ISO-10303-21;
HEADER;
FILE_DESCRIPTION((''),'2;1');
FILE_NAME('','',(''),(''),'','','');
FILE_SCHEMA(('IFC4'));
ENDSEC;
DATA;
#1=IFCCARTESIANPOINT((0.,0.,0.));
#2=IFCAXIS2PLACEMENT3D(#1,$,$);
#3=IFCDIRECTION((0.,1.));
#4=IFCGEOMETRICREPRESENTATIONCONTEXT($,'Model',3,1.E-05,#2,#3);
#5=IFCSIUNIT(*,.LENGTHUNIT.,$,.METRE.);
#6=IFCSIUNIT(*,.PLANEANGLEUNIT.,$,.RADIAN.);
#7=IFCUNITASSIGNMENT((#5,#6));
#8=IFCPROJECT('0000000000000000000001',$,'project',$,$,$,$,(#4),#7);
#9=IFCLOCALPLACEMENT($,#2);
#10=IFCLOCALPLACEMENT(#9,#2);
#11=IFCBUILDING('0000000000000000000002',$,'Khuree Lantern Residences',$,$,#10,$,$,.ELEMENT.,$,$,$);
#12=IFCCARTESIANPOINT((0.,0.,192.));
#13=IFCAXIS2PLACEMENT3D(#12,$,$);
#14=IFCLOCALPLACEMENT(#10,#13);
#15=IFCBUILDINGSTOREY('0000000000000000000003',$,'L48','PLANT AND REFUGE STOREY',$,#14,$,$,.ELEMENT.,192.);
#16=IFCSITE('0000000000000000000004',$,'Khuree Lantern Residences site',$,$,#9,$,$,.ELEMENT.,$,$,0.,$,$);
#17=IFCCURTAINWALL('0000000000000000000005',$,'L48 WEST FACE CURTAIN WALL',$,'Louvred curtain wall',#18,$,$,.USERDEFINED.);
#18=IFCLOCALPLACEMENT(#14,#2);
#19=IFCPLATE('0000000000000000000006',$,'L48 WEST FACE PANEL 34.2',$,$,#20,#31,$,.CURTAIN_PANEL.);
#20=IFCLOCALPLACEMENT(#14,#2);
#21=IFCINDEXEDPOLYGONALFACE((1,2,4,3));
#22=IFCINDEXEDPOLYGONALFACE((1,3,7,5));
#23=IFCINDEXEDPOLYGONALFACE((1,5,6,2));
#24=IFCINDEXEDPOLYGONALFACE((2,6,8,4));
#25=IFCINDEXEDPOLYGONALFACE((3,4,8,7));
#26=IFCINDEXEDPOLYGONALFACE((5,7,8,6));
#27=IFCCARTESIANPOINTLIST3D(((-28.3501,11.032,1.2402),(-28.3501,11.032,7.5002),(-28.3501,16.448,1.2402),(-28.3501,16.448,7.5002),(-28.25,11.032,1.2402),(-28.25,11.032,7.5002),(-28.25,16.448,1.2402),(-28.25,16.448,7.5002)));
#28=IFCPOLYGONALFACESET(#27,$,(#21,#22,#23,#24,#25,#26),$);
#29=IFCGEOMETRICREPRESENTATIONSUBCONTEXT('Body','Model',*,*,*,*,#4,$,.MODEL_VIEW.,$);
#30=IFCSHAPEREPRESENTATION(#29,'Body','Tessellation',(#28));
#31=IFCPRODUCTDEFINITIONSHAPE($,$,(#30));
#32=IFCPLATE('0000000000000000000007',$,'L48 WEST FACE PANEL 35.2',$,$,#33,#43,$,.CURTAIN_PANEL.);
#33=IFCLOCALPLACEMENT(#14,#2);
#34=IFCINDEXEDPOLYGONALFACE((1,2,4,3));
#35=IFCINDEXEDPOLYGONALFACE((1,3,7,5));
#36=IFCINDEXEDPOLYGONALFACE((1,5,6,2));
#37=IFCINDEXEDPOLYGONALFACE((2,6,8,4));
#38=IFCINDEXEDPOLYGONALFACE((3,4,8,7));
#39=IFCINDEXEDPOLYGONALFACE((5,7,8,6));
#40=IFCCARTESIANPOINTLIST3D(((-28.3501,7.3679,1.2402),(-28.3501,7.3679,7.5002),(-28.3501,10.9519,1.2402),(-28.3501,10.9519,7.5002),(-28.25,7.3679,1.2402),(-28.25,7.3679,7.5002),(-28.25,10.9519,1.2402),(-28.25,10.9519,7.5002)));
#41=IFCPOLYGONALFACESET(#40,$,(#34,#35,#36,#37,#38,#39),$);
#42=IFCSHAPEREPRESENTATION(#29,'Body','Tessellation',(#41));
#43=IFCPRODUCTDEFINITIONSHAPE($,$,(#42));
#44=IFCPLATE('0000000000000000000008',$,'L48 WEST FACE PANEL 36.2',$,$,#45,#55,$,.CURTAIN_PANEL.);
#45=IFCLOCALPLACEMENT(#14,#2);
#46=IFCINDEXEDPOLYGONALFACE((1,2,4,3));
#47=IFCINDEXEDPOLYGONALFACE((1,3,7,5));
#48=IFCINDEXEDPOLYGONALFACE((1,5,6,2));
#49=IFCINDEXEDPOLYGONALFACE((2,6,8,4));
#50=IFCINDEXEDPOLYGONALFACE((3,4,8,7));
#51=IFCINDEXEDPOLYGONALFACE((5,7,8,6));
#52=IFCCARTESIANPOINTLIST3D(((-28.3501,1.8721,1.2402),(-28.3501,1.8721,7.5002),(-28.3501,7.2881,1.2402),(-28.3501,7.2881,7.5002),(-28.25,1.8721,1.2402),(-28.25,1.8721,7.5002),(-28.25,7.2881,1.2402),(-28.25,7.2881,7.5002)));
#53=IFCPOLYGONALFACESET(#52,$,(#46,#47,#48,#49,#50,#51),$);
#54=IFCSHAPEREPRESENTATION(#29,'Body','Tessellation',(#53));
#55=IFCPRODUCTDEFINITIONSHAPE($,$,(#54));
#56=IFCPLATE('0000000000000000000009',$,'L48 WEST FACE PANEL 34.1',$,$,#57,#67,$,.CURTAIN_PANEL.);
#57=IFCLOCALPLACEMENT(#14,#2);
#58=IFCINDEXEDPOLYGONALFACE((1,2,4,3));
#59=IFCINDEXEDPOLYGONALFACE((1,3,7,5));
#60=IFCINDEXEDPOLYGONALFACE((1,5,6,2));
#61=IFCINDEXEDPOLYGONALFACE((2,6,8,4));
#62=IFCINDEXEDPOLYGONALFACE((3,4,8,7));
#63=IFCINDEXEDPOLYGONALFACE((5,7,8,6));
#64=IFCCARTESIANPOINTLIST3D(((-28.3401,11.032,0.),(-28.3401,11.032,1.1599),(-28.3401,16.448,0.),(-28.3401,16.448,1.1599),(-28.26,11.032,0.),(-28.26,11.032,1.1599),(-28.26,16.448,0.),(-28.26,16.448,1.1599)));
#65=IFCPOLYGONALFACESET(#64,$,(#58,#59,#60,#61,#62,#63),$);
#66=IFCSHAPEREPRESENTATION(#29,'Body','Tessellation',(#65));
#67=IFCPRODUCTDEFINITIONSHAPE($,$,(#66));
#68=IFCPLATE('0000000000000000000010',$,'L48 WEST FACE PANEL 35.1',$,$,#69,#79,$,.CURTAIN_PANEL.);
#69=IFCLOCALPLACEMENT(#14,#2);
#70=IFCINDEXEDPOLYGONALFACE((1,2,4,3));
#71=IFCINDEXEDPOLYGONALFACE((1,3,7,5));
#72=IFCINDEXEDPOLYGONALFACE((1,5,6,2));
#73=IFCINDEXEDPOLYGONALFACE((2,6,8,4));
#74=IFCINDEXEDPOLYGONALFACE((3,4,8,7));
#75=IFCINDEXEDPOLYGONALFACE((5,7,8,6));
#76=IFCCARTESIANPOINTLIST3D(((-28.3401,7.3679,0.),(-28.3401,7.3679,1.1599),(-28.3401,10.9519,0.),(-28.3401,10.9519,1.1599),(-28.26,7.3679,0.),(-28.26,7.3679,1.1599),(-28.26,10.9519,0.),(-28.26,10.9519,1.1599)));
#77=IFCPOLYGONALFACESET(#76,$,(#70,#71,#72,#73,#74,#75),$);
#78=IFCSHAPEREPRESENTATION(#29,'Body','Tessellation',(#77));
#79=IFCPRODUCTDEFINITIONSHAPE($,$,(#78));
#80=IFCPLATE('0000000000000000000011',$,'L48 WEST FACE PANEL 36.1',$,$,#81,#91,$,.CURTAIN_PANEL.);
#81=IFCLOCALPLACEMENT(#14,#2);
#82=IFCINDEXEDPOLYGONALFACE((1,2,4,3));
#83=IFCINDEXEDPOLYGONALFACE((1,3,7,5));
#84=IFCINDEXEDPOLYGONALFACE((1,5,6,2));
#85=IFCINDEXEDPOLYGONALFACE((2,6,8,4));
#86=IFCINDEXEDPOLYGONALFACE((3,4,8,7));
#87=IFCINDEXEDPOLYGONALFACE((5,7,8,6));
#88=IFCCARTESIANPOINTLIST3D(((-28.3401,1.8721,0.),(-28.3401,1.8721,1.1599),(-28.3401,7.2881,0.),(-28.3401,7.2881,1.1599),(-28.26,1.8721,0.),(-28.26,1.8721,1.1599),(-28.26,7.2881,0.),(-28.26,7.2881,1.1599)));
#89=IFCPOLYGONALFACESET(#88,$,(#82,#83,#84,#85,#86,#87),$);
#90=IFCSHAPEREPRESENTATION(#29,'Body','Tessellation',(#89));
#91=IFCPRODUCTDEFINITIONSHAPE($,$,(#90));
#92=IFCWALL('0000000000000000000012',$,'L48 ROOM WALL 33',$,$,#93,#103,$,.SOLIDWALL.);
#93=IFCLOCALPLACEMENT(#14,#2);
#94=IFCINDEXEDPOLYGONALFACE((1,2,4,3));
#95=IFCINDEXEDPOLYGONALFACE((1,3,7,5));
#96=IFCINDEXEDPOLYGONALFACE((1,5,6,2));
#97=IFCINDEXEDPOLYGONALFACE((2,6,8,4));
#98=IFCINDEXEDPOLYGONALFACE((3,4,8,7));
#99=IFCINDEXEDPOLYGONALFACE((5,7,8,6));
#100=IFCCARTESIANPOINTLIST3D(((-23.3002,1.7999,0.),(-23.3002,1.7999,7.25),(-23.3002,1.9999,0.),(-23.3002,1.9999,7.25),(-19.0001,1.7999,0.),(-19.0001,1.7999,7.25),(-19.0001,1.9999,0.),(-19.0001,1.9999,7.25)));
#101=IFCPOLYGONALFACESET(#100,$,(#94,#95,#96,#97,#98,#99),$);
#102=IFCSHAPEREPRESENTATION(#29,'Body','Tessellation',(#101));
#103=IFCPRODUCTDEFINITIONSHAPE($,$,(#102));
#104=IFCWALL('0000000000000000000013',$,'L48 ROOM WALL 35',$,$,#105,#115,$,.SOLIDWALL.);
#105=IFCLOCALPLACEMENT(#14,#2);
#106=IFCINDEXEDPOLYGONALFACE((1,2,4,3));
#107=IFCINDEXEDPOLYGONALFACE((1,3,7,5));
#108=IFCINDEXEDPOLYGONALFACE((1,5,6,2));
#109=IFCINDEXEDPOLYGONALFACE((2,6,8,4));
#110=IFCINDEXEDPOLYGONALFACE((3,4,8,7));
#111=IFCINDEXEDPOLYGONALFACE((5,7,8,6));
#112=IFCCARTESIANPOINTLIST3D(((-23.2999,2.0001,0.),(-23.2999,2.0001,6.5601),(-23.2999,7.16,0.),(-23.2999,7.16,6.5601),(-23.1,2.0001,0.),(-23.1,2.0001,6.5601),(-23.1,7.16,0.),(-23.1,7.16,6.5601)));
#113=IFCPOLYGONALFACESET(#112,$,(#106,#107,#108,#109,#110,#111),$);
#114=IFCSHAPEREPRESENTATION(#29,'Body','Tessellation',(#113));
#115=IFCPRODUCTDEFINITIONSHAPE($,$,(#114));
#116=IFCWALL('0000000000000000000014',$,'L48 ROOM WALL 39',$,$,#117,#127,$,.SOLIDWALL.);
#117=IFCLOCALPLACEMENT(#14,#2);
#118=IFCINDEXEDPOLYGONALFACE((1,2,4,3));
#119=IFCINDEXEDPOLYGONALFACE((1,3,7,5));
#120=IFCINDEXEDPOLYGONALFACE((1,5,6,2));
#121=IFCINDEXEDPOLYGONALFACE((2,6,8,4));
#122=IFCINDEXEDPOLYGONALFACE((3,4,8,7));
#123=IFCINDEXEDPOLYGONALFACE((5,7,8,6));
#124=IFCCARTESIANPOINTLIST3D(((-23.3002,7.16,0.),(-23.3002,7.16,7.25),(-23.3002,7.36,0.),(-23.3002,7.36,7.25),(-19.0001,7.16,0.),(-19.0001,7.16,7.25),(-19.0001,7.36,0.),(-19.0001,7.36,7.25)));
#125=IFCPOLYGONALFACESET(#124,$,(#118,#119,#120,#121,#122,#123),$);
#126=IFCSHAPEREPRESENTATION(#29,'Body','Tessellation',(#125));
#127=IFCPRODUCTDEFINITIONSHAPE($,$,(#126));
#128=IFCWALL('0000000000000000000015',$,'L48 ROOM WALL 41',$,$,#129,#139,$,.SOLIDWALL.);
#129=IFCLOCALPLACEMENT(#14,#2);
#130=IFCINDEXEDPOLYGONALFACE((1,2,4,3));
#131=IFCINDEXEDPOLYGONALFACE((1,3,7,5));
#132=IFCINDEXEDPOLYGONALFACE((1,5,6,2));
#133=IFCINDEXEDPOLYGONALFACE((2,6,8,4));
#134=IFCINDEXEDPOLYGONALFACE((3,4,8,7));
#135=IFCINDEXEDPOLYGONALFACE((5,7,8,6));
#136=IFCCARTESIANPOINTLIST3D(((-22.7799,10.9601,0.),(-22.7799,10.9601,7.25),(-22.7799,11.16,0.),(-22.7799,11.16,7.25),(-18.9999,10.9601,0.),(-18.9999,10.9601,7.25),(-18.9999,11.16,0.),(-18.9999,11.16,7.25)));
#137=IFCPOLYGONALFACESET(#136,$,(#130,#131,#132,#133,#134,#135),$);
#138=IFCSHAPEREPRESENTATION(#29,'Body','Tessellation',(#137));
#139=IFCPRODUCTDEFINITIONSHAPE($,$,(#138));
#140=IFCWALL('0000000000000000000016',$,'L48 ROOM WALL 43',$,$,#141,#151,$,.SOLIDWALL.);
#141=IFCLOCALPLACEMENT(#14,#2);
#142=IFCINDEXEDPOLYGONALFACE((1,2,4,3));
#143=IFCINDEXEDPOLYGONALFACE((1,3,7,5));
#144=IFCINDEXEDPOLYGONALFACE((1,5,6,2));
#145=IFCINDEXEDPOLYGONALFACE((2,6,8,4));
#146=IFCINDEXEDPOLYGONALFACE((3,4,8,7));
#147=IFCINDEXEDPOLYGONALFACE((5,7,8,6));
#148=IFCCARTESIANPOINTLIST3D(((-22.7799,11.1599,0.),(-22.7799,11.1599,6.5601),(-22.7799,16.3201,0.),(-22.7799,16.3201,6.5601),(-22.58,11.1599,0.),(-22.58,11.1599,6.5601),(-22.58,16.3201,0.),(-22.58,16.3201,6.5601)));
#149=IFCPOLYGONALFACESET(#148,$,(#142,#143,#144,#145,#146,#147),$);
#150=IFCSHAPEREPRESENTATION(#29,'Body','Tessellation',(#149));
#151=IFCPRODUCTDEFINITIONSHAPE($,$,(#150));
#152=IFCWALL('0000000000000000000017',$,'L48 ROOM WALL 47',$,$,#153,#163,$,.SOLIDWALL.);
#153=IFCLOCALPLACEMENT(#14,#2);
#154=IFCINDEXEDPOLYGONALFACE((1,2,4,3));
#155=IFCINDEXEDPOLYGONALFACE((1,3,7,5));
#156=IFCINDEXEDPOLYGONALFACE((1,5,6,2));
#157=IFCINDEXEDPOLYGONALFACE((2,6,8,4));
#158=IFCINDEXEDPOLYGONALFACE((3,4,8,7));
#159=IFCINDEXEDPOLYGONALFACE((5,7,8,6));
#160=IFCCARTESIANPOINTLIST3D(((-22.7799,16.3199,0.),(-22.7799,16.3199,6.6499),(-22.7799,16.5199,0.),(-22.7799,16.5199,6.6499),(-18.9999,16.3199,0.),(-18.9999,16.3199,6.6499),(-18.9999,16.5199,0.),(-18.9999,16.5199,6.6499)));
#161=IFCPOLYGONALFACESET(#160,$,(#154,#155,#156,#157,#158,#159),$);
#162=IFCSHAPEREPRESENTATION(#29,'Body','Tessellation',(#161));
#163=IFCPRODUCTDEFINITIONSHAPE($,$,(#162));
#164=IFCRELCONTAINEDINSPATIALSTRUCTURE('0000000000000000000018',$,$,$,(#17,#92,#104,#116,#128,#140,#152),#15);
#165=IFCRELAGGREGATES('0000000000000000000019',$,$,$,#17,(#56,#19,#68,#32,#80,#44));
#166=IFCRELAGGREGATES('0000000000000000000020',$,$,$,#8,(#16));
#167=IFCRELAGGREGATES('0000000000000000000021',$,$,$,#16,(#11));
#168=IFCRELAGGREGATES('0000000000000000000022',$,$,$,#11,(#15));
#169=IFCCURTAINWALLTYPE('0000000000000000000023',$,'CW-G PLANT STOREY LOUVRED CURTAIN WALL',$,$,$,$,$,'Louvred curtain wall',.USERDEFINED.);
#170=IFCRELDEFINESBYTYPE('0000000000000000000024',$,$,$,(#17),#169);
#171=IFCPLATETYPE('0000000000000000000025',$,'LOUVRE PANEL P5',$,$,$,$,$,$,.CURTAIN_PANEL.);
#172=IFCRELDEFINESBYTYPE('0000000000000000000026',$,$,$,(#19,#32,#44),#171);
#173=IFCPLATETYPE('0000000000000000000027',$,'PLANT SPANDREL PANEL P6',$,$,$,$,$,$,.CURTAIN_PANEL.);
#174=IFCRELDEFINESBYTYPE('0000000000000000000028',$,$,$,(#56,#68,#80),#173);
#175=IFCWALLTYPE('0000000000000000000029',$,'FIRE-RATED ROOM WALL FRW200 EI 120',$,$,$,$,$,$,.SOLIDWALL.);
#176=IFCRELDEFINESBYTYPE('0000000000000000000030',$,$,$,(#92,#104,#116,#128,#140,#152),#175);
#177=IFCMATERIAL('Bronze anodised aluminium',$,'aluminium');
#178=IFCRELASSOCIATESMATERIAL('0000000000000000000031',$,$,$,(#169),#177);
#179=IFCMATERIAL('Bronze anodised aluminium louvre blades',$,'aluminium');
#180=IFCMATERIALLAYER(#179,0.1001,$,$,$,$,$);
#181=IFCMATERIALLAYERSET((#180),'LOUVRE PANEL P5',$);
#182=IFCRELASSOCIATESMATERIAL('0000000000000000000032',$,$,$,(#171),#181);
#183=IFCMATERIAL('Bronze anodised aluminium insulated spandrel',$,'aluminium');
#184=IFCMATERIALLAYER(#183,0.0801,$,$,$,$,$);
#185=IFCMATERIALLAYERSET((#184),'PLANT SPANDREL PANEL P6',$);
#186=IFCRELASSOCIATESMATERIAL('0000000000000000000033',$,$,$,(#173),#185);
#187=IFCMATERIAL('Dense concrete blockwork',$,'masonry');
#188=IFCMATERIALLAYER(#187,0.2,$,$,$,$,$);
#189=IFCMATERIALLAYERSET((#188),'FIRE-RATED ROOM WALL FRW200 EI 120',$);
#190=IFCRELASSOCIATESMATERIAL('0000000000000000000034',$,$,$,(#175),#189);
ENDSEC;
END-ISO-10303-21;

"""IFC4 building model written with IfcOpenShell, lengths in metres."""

from ifc_helpers import new_model, si_unit, direction, frame, frame_2d, origin, origin_2d, place, context, subcontext, project, spatial, rectangle, extrude, material, layer, layer_set, type_object, element, aggregate, save


model = new_model("IFC4")

# Units and contexts
model_context = context("Model", 3, precision=1e-05, world=origin(), true_north=direction((0.0, 1.0)))
body_context = subcontext(model_context, "Body", "Model", "MODEL_VIEW")
ifc_project = project(units=[si_unit("LENGTHUNIT", "METRE"), si_unit("PLANEANGLEUNIT", "RADIAN")], contexts=[model_context])

# Site, building, storey
site_placement = place(None, origin())
site = spatial("IfcSite", under=ifc_project, at=site_placement, Name="Khuree Lantern Residences site", CompositionType="ELEMENT", RefElevation=0.0)
building_placement = place(site_placement, origin())
building = spatial("IfcBuilding", under=site, at=building_placement, Name="Khuree Lantern Residences", CompositionType="ELEMENT")
storey_placement = place(building_placement, frame((0.0, 0.0, 192.0)))
storey = spatial("IfcBuildingStorey", under=building, at=storey_placement, Name="L48", Description="PLANT AND REFUGE STOREY", CompositionType="ELEMENT", Elevation=192.0)

# Curtain wall
ifc_material_1 = material(Name="Bronze anodised aluminium", Category="aluminium")
curtain_wall_type = type_object("IfcCurtainWallType", Name="CW-G PLANT STOREY LOUVRED CURTAIN WALL", ElementType="Louvred curtain wall", PredefinedType="USERDEFINED", material=ifc_material_1)
curtain_wall_placement = place(storey_placement, origin())
curtain_wall = element("IfcCurtainWall", 1, at=curtain_wall_placement, inside=storey, type_object=curtain_wall_type, Name="L48 WEST FACE CURTAIN WALL", ObjectType="Louvred curtain wall", PredefinedType="USERDEFINED")

# Plates
ifc_material_2 = material(Name="Bronze anodised aluminium louvre blades", Category="aluminium")
ifc_layer_1 = layer(ifc_material_2, 0.1001)
ifc_layer_set_1 = layer_set([ifc_layer_1], Name="LOUVRE PANEL P5")
plate_type_1 = type_object("IfcPlateType", Name="LOUVRE PANEL P5", PredefinedType="CURTAIN_PANEL", material=ifc_layer_set_1)
plate_1_placement = place(storey_placement, frame((-28.3, 13.74, 1.2402), z_axis=(0.0, 0.0, 1.0), x_axis=(0.0, -1.0, 0.0)))
plate_1 = element("IfcPlate", 2, at=plate_1_placement, type_object=plate_type_1, Name="L48 WEST FACE PANEL 34.2", PredefinedType="CURTAIN_PANEL", context=body_context, shape_type="SweptSolid", body=[
    extrude(rectangle(XDim=5.416, YDim=0.1001, at=origin_2d()), origin(), (0.0, 0.0, 1.0), 6.26),
])
plate_2_placement = place(storey_placement, frame((-28.3, 9.1599, 1.2402), z_axis=(0.0, 0.0, 1.0), x_axis=(0.0, -1.0, 0.0)))
plate_2 = element("IfcPlate", 3, at=plate_2_placement, type_object=plate_type_1, Name="L48 WEST FACE PANEL 35.2", PredefinedType="CURTAIN_PANEL", context=body_context, shape_type="SweptSolid", body=[
    extrude(rectangle(XDim=3.584, YDim=0.1001, at=origin_2d()), origin(), (0.0, 0.0, 1.0), 6.26),
])
plate_3_placement = place(storey_placement, frame((-28.3, 4.5801, 1.2402), z_axis=(0.0, 0.0, 1.0), x_axis=(0.0, -1.0, 0.0)))
plate_3 = element("IfcPlate", 4, at=plate_3_placement, type_object=plate_type_1, Name="L48 WEST FACE PANEL 36.2", PredefinedType="CURTAIN_PANEL", context=body_context, shape_type="SweptSolid", body=[
    extrude(rectangle(XDim=5.416, YDim=0.1001, at=origin_2d()), origin(), (0.0, 0.0, 1.0), 6.26),
])
ifc_material_3 = material(Name="Bronze anodised aluminium insulated spandrel", Category="aluminium")
ifc_layer_2 = layer(ifc_material_3, 0.0801)
ifc_layer_set_2 = layer_set([ifc_layer_2], Name="PLANT SPANDREL PANEL P6")
plate_type_2 = type_object("IfcPlateType", Name="PLANT SPANDREL PANEL P6", PredefinedType="CURTAIN_PANEL", material=ifc_layer_set_2)
plate_4_placement = place(storey_placement, frame((-28.3, 13.74, 0.0), z_axis=(0.0, 0.0, 1.0), x_axis=(0.0, -1.0, 0.0)))
plate_4 = element("IfcPlate", 5, at=plate_4_placement, type_object=plate_type_2, Name="L48 WEST FACE PANEL 34.1", PredefinedType="CURTAIN_PANEL", context=body_context, shape_type="SweptSolid", body=[
    extrude(rectangle(XDim=5.416, YDim=0.0801, at=origin_2d()), origin(), (0.0, 0.0, 1.0), 1.1599),
])
plate_5_placement = place(storey_placement, frame((-28.3, 9.1599, 0.0), z_axis=(0.0, 0.0, 1.0), x_axis=(0.0, -1.0, 0.0)))
plate_5 = element("IfcPlate", 6, at=plate_5_placement, type_object=plate_type_2, Name="L48 WEST FACE PANEL 35.1", PredefinedType="CURTAIN_PANEL", context=body_context, shape_type="SweptSolid", body=[
    extrude(rectangle(XDim=3.584, YDim=0.0801, at=origin_2d()), origin(), (0.0, 0.0, 1.0), 1.1599),
])
plate_6_placement = place(storey_placement, frame((-28.3, 4.5801, 0.0), z_axis=(0.0, 0.0, 1.0), x_axis=(0.0, -1.0, 0.0)))
plate_6 = element("IfcPlate", 7, at=plate_6_placement, type_object=plate_type_2, Name="L48 WEST FACE PANEL 36.1", PredefinedType="CURTAIN_PANEL", context=body_context, shape_type="SweptSolid", body=[
    extrude(rectangle(XDim=5.416, YDim=0.0801, at=origin_2d()), origin(), (0.0, 0.0, 1.0), 1.1599),
])
aggregate(curtain_wall, [plate_4, plate_1, plate_5, plate_2, plate_6, plate_3])

# Walls
ifc_material_4 = material(Name="Dense concrete blockwork", Category="masonry")
ifc_layer_3 = layer(ifc_material_4, 0.2)
ifc_layer_set_3 = layer_set([ifc_layer_3], Name="FIRE-RATED ROOM WALL FRW200 EI 120")
wall_type = type_object("IfcWallType", Name="FIRE-RATED ROOM WALL FRW200 EI 120", PredefinedType="SOLIDWALL", material=ifc_layer_set_3)
wall_1_placement = place(storey_placement, frame((-23.3, 1.8999, 0.0), z_axis=(0.0, 0.0, 1.0), x_axis=(1.0, 0.0, 0.0)))
element("IfcWall", 8, at=wall_1_placement, inside=storey, type_object=wall_type, Name="L48 ROOM WALL 33", PredefinedType="SOLIDWALL", context=body_context, shape_type="SweptSolid", body=[
    extrude(rectangle(XDim=4.3, YDim=0.2, at=frame_2d((2.1499, 0.0))), origin(), (0.0, 0.0, 1.0), 7.25),
])
wall_2_placement = place(storey_placement, frame((-23.2, 2.0, 0.0), z_axis=(0.0, 0.0, 1.0), x_axis=(0.0, 1.0, 0.0)))
element("IfcWall", 9, at=wall_2_placement, inside=storey, type_object=wall_type, Name="L48 ROOM WALL 35", PredefinedType="SOLIDWALL", context=body_context, shape_type="SweptSolid", body=[
    extrude(rectangle(XDim=5.1599, YDim=0.2, at=frame_2d((2.5801, 0.0))), origin(), (0.0, 0.0, 1.0), 6.5601),
])
wall_3_placement = place(storey_placement, frame((-23.3, 7.26, 0.0), z_axis=(0.0, 0.0, 1.0), x_axis=(1.0, 0.0, 0.0)))
element("IfcWall", 10, at=wall_3_placement, inside=storey, type_object=wall_type, Name="L48 ROOM WALL 39", PredefinedType="SOLIDWALL", context=body_context, shape_type="SweptSolid", body=[
    extrude(rectangle(XDim=4.3, YDim=0.2, at=frame_2d((2.1499, 0.0))), origin(), (0.0, 0.0, 1.0), 7.25),
])
wall_4_placement = place(storey_placement, frame((-22.78, 11.0601, 0.0), z_axis=(0.0, 0.0, 1.0), x_axis=(1.0, 0.0, 0.0)))
element("IfcWall", 11, at=wall_4_placement, inside=storey, type_object=wall_type, Name="L48 ROOM WALL 41", PredefinedType="SOLIDWALL", context=body_context, shape_type="SweptSolid", body=[
    extrude(rectangle(XDim=3.78, YDim=0.2, at=frame_2d((1.8901, 0.0))), origin(), (0.0, 0.0, 1.0), 7.25),
])
wall_5_placement = place(storey_placement, frame((-22.6799, 11.1599, 0.0), z_axis=(0.0, 0.0, 1.0), x_axis=(0.0, 1.0, 0.0)))
element("IfcWall", 12, at=wall_5_placement, inside=storey, type_object=wall_type, Name="L48 ROOM WALL 43", PredefinedType="SOLIDWALL", context=body_context, shape_type="SweptSolid", body=[
    extrude(rectangle(XDim=5.1602, YDim=0.2, at=frame_2d((2.5801, 0.0))), origin(), (0.0, 0.0, 1.0), 6.5601),
])
wall_6_placement = place(storey_placement, frame((-22.78, 16.4199, 0.0), z_axis=(0.0, 0.0, 1.0), x_axis=(1.0, 0.0, 0.0)))
element("IfcWall", 13, at=wall_6_placement, inside=storey, type_object=wall_type, Name="L48 ROOM WALL 47", PredefinedType="SOLIDWALL", context=body_context, shape_type="SweptSolid", body=[
    extrude(rectangle(XDim=3.78, YDim=0.2, at=frame_2d((1.8901, 0.0))), origin(), (0.0, 0.0, 1.0), 6.6499),
])

save(model, "model.ifc")
